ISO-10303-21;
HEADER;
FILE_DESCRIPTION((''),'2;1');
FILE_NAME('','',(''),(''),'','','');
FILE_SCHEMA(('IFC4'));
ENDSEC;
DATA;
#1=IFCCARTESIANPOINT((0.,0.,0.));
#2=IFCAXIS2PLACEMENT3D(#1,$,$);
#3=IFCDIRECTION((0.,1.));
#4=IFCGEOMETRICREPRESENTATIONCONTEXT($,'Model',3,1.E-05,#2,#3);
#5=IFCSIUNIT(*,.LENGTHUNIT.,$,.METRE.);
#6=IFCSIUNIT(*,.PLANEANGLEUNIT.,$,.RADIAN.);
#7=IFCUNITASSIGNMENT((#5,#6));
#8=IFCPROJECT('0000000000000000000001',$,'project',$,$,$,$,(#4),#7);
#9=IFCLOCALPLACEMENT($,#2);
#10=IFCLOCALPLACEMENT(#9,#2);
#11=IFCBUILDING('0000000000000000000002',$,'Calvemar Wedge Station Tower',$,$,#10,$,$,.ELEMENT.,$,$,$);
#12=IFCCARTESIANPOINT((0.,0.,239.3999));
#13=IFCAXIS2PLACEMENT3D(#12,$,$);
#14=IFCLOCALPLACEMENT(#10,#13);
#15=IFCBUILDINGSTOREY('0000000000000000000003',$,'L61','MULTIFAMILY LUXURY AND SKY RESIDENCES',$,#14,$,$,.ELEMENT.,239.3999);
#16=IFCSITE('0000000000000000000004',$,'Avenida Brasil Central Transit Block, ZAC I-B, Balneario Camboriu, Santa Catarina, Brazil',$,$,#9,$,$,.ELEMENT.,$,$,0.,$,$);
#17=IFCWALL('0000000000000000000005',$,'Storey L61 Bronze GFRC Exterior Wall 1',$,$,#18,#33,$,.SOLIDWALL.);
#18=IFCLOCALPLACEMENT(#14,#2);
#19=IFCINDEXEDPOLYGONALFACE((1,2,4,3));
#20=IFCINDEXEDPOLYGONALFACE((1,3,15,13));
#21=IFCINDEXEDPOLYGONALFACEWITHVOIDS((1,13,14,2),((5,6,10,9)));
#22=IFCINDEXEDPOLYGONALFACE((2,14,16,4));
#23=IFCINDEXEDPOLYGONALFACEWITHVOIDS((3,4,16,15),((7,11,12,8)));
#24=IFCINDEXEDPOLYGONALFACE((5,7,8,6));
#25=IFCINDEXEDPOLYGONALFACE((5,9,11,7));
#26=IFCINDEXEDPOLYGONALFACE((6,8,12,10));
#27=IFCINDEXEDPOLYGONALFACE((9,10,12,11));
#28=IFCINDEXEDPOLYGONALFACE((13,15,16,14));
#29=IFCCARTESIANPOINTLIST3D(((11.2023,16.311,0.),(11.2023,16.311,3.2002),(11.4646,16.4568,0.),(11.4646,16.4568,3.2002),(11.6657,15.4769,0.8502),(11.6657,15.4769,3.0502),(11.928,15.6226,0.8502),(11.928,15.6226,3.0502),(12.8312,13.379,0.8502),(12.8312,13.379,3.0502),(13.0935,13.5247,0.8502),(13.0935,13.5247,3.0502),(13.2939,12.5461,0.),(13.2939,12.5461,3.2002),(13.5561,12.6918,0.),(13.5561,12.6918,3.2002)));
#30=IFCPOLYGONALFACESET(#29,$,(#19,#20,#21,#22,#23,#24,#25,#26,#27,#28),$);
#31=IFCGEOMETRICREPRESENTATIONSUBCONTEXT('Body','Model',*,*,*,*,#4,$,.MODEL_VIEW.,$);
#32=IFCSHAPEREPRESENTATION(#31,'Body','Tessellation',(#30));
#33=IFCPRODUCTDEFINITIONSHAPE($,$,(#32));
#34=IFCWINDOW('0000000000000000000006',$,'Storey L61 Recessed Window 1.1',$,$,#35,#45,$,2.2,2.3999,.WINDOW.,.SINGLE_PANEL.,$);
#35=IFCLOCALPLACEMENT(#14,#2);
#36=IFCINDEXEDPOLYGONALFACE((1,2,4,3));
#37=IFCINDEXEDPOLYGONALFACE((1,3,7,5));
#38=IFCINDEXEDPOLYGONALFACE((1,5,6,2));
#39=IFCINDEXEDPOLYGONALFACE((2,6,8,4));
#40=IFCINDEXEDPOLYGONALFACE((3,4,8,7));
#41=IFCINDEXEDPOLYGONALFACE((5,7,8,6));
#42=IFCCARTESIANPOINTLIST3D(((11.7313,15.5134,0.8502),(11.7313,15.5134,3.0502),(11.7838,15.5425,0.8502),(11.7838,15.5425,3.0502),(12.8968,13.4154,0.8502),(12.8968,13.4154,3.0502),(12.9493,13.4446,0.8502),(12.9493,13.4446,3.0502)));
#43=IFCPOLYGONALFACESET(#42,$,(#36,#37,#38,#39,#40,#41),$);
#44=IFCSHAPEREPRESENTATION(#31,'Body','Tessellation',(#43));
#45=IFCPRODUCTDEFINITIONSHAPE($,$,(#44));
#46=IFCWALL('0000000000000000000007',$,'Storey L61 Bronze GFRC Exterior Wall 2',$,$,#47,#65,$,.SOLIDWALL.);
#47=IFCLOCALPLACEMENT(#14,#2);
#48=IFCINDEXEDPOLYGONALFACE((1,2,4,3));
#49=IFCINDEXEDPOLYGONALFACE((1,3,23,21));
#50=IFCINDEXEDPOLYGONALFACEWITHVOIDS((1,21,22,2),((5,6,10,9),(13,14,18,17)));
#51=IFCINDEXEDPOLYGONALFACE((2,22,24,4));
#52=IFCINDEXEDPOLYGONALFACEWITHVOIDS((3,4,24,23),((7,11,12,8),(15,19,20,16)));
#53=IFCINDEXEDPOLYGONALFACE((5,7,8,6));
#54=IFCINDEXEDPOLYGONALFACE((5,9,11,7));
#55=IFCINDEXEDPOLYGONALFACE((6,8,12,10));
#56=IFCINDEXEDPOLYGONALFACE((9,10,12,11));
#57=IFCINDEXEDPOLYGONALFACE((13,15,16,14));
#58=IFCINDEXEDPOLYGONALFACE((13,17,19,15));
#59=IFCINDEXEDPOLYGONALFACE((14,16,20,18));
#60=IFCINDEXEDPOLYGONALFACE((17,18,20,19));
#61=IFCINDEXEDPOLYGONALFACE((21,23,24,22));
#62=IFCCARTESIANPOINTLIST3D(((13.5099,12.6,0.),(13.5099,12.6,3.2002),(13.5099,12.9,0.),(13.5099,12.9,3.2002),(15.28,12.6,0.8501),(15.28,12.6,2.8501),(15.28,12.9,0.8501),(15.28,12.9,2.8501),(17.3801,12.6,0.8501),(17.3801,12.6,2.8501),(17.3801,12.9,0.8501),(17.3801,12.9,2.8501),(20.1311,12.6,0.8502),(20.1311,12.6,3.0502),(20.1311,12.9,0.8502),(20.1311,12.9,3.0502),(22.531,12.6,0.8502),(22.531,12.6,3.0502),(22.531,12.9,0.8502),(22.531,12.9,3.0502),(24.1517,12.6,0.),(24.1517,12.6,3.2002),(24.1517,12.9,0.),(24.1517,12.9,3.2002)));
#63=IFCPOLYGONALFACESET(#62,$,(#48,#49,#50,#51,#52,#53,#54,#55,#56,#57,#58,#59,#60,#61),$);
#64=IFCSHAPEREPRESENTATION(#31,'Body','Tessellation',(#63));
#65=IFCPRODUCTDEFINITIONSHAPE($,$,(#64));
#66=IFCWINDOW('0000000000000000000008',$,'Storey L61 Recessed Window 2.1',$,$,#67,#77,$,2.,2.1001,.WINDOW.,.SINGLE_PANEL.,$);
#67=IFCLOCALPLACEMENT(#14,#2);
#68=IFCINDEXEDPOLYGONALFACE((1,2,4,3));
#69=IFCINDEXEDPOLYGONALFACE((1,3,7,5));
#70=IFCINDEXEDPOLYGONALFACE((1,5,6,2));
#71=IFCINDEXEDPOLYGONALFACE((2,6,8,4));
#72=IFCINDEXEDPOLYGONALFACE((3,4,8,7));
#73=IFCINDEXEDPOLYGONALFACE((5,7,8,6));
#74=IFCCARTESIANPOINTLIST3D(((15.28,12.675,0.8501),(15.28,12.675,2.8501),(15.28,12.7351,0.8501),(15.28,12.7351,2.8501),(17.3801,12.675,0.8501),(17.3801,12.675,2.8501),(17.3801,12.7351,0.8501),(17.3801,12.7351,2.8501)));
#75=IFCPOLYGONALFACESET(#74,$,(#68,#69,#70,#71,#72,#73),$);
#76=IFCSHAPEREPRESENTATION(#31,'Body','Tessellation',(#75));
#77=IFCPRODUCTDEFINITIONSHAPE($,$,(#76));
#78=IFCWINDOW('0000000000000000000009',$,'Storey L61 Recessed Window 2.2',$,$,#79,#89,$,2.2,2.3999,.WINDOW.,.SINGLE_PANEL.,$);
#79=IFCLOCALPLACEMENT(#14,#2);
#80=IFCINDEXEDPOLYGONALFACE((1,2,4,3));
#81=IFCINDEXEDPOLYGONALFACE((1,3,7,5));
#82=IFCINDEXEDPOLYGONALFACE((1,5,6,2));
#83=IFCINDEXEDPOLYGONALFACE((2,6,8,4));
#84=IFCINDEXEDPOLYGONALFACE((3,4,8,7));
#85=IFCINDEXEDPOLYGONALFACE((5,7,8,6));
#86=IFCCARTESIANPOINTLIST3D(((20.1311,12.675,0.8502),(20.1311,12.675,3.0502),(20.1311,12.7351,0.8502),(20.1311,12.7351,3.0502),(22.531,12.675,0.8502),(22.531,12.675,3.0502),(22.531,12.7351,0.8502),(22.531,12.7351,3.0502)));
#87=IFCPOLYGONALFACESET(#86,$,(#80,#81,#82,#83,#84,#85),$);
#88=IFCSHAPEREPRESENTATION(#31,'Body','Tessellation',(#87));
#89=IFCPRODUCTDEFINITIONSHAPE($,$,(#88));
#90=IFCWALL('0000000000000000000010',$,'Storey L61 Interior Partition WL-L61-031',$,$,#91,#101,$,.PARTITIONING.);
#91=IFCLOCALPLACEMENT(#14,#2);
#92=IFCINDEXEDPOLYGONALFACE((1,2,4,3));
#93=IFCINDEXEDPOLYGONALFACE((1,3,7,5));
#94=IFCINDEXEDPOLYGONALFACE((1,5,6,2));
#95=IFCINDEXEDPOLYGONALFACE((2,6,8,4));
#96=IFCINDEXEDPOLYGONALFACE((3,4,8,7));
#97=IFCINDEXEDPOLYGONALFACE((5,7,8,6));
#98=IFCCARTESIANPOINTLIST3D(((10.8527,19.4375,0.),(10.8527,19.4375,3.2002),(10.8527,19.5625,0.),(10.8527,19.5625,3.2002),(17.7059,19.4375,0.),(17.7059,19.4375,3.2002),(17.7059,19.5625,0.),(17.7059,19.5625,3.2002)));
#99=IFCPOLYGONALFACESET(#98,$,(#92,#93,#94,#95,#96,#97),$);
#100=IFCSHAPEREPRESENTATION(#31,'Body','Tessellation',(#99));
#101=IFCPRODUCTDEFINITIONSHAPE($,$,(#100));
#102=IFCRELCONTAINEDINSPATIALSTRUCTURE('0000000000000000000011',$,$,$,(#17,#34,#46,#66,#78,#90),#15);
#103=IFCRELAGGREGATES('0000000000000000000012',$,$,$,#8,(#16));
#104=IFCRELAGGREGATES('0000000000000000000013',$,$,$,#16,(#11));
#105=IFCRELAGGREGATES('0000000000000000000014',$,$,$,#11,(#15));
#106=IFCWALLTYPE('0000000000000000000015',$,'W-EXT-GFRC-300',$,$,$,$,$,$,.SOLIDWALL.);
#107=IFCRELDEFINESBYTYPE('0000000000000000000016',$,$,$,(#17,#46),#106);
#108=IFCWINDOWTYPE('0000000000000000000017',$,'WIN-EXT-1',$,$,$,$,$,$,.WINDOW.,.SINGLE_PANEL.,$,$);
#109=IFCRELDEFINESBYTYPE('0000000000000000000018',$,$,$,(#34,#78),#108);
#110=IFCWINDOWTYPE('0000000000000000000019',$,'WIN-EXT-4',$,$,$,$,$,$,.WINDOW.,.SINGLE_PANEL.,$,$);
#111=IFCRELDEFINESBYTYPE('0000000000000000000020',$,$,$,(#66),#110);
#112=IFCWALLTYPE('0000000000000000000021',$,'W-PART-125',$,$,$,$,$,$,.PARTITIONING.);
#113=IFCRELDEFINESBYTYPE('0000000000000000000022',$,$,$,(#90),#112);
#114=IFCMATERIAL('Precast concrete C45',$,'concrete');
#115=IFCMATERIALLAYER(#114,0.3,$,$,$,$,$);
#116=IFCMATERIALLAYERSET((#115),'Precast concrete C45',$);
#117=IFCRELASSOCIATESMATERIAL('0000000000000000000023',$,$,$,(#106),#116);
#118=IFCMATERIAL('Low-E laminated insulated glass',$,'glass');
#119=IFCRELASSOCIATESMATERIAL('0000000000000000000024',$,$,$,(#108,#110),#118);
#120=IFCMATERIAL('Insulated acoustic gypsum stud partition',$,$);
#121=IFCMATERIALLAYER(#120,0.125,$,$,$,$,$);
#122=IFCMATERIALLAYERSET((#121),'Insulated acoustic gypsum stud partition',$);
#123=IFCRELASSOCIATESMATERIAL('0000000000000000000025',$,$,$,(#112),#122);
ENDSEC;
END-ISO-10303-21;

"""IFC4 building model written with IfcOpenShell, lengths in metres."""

from ifc_helpers import new_model, si_unit, direction, frame, frame_2d, origin, place, context, subcontext, project, spatial, rectangle, extrude, source, transform, mapped, material, layer, layer_set, type_object, element, fill, save


model = new_model("IFC4")

# Units and contexts
model_context = context("Model", 3, precision=1e-05, world=origin(), true_north=direction((0.0, 1.0)))
body_context = subcontext(model_context, "Body", "Model", "MODEL_VIEW")
ifc_project = project(units=[si_unit("LENGTHUNIT", "METRE"), si_unit("PLANEANGLEUNIT", "RADIAN")], contexts=[model_context])

# Site, building, storey
site_placement = place(None, origin())
site = spatial("IfcSite", under=ifc_project, at=site_placement, Name="Avenida Brasil Central Transit Block, ZAC I-B, Balneario Camboriu, Santa Catarina, Brazil", CompositionType="ELEMENT", RefElevation=0.0)
building_placement = place(site_placement, origin())
building = spatial("IfcBuilding", under=site, at=building_placement, Name="Calvemar Wedge Station Tower", CompositionType="ELEMENT")
storey_placement = place(building_placement, frame((0.0, 0.0, 239.3999)))
storey = spatial("IfcBuildingStorey", under=building, at=storey_placement, Name="L61", Description="MULTIFAMILY LUXURY AND SKY RESIDENCES", CompositionType="ELEMENT", Elevation=239.3999)

# Wall, opening, window
ifc_material_1 = material(Name="Precast concrete C45", Category="concrete")
ifc_layer_1 = layer(ifc_material_1, 0.3)
ifc_layer_set_1 = layer_set([ifc_layer_1], Name="Precast concrete C45")
wall_type_1 = type_object("IfcWallType", Name="W-EXT-GFRC-300", PredefinedType="SOLIDWALL", material=ifc_layer_set_1)
wall_1_placement = place(storey_placement, frame((11.3335, 16.3838, 0.0), z_axis=(0.0, 0.0, 1.0), x_axis=(0.485633, -0.874163, 0.0)))
wall_1 = element("IfcWall", 1, at=wall_1_placement, inside=storey, type_object=wall_type_1, Name="Storey L61 Bronze GFRC Exterior Wall 1", PredefinedType="SOLIDWALL", context=body_context, shape_type="SweptSolid", body=[
    extrude(rectangle(XDim=4.3069, YDim=0.3, at=frame_2d((2.1533, 0.0))), origin(), (0.0, 0.0, 1.0), 3.2002),
])
shared_shape_1 = source(origin(), body_context, "Body", "SweptSolid", [
    extrude(rectangle(XDim=2.3999, YDim=2.2, at=frame_2d((1.2, 1.1001))), frame((0.0, 0.1602, 0.0), z_axis=(0.0, -1.0, 0.0), x_axis=(1.0, 0.0, 0.0)), (0.0, 0.0, 1.0), 0.3201),
])
opening_1_placement = place(wall_1_placement, frame((0.9541, 0.0, 0.8501)))
opening_1 = element("IfcOpeningElement", 2, at=opening_1_placement, cuts=wall_1, PredefinedType="OPENING", context=body_context, shape_type="MappedRepresentation", body=[
    mapped(shared_shape_1, transform((0.0, 0.0, 0.0), scale=1.0)),
])
ifc_material_2 = material(Name="Low-E laminated insulated glass", Category="glass")
window_type_1 = type_object("IfcWindowType", Name="WIN-EXT-1", PartitioningType="SINGLE_PANEL", PredefinedType="WINDOW", material=ifc_material_2)
shared_shape_2 = source(origin(), body_context, "Body", "SweptSolid", [
    extrude(rectangle(XDim=2.3999, YDim=2.2, at=frame_2d((1.2, 1.1001))), frame((0.0, -0.0149, 0.0), z_axis=(0.0, -1.0, 0.0), x_axis=(1.0, 0.0, 0.0)), (0.0, 0.0, 1.0), 0.0601),
])
window_1_placement = place(opening_1_placement, origin())
window_1 = element("IfcWindow", 3, at=window_1_placement, inside=storey, type_object=window_type_1, Name="Storey L61 Recessed Window 1.1", OverallHeight=2.2, OverallWidth=2.3999, PartitioningType="SINGLE_PANEL", PredefinedType="WINDOW", context=body_context, shape_type="MappedRepresentation", body=[
    mapped(shared_shape_2, transform((0.0, 0.0, 0.0), scale=1.0)),
])
fill(opening_1, window_1)

# Wall, openings, windows
wall_2_placement = place(storey_placement, frame((13.51, 12.75, 0.0), z_axis=(0.0, 0.0, 1.0), x_axis=(1.0, 0.0, 0.0)))
wall_2 = element("IfcWall", 4, at=wall_2_placement, inside=storey, type_object=wall_type_1, Name="Storey L61 Bronze GFRC Exterior Wall 2", PredefinedType="SOLIDWALL", context=body_context, shape_type="SweptSolid", body=[
    extrude(rectangle(XDim=10.6418, YDim=0.3, at=frame_2d((5.3208, 0.0))), origin(), (0.0, 0.0, 1.0), 3.2002),
])
shared_shape_3 = source(origin(), body_context, "Body", "SweptSolid", [
    extrude(rectangle(XDim=2.1001, YDim=2.0, at=frame_2d((1.05, 1.0))), frame((0.0, 0.1602, 0.0), z_axis=(0.0, -1.0, 0.0), x_axis=(1.0, 0.0, 0.0)), (0.0, 0.0, 1.0), 0.3201),
])
opening_2_placement = place(wall_2_placement, frame((1.77, 0.0, 0.8501)))
opening_2 = element("IfcOpeningElement", 5, at=opening_2_placement, cuts=wall_2, PredefinedType="OPENING", context=body_context, shape_type="MappedRepresentation", body=[
    mapped(shared_shape_3, transform((0.0, 0.0, 0.0), scale=1.0)),
])
opening_3_placement = place(wall_2_placement, frame((6.6211, 0.0, 0.8501)))
opening_3 = element("IfcOpeningElement", 6, at=opening_3_placement, cuts=wall_2, PredefinedType="OPENING", context=body_context, shape_type="MappedRepresentation", body=[
    mapped(shared_shape_1, transform((0.0, 0.0, 0.0), scale=1.0)),
])
window_type_2 = type_object("IfcWindowType", Name="WIN-EXT-4", PartitioningType="SINGLE_PANEL", PredefinedType="WINDOW", material=ifc_material_2)
shared_shape_4 = source(origin(), body_context, "Body", "SweptSolid", [
    extrude(rectangle(XDim=2.1001, YDim=2.0, at=frame_2d((1.05, 1.0))), frame((0.0, -0.0149, 0.0), z_axis=(0.0, -1.0, 0.0), x_axis=(1.0, 0.0, 0.0)), (0.0, 0.0, 1.0), 0.0601),
])
window_2_placement = place(opening_2_placement, origin())
window_2 = element("IfcWindow", 7, at=window_2_placement, inside=storey, type_object=window_type_2, Name="Storey L61 Recessed Window 2.1", OverallHeight=2.0, OverallWidth=2.1001, PartitioningType="SINGLE_PANEL", PredefinedType="WINDOW", context=body_context, shape_type="MappedRepresentation", body=[
    mapped(shared_shape_4, transform((0.0, 0.0, 0.0), scale=1.0)),
])
fill(opening_2, window_2)
window_3_placement = place(opening_3_placement, origin())
window_3 = element("IfcWindow", 8, at=window_3_placement, inside=storey, type_object=window_type_1, Name="Storey L61 Recessed Window 2.2", OverallHeight=2.2, OverallWidth=2.3999, PartitioningType="SINGLE_PANEL", PredefinedType="WINDOW", context=body_context, shape_type="MappedRepresentation", body=[
    mapped(shared_shape_2, transform((0.0, 0.0, 0.0), scale=1.0)),
])
fill(opening_3, window_3)

# Wall
ifc_material_3 = material(Name="Insulated acoustic gypsum stud partition")
ifc_layer_2 = layer(ifc_material_3, 0.125)
ifc_layer_set_2 = layer_set([ifc_layer_2], Name="Insulated acoustic gypsum stud partition")
wall_type_2 = type_object("IfcWallType", Name="W-PART-125", PredefinedType="PARTITIONING", material=ifc_layer_set_2)
wall_3_placement = place(storey_placement, frame((17.7061, 19.5, 0.0), z_axis=(0.0, 0.0, 1.0), x_axis=(-1.0, 0.0, 0.0)))
element("IfcWall", 9, at=wall_3_placement, inside=storey, type_object=wall_type_2, Name="Storey L61 Interior Partition WL-L61-031", PredefinedType="PARTITIONING", context=body_context, shape_type="SweptSolid", body=[
    extrude(rectangle(XDim=6.8533, YDim=0.125, at=frame_2d((3.4268, 0.0))), origin(), (0.0, 0.0, 1.0), 3.2002),
])

save(model, "model.ifc")
